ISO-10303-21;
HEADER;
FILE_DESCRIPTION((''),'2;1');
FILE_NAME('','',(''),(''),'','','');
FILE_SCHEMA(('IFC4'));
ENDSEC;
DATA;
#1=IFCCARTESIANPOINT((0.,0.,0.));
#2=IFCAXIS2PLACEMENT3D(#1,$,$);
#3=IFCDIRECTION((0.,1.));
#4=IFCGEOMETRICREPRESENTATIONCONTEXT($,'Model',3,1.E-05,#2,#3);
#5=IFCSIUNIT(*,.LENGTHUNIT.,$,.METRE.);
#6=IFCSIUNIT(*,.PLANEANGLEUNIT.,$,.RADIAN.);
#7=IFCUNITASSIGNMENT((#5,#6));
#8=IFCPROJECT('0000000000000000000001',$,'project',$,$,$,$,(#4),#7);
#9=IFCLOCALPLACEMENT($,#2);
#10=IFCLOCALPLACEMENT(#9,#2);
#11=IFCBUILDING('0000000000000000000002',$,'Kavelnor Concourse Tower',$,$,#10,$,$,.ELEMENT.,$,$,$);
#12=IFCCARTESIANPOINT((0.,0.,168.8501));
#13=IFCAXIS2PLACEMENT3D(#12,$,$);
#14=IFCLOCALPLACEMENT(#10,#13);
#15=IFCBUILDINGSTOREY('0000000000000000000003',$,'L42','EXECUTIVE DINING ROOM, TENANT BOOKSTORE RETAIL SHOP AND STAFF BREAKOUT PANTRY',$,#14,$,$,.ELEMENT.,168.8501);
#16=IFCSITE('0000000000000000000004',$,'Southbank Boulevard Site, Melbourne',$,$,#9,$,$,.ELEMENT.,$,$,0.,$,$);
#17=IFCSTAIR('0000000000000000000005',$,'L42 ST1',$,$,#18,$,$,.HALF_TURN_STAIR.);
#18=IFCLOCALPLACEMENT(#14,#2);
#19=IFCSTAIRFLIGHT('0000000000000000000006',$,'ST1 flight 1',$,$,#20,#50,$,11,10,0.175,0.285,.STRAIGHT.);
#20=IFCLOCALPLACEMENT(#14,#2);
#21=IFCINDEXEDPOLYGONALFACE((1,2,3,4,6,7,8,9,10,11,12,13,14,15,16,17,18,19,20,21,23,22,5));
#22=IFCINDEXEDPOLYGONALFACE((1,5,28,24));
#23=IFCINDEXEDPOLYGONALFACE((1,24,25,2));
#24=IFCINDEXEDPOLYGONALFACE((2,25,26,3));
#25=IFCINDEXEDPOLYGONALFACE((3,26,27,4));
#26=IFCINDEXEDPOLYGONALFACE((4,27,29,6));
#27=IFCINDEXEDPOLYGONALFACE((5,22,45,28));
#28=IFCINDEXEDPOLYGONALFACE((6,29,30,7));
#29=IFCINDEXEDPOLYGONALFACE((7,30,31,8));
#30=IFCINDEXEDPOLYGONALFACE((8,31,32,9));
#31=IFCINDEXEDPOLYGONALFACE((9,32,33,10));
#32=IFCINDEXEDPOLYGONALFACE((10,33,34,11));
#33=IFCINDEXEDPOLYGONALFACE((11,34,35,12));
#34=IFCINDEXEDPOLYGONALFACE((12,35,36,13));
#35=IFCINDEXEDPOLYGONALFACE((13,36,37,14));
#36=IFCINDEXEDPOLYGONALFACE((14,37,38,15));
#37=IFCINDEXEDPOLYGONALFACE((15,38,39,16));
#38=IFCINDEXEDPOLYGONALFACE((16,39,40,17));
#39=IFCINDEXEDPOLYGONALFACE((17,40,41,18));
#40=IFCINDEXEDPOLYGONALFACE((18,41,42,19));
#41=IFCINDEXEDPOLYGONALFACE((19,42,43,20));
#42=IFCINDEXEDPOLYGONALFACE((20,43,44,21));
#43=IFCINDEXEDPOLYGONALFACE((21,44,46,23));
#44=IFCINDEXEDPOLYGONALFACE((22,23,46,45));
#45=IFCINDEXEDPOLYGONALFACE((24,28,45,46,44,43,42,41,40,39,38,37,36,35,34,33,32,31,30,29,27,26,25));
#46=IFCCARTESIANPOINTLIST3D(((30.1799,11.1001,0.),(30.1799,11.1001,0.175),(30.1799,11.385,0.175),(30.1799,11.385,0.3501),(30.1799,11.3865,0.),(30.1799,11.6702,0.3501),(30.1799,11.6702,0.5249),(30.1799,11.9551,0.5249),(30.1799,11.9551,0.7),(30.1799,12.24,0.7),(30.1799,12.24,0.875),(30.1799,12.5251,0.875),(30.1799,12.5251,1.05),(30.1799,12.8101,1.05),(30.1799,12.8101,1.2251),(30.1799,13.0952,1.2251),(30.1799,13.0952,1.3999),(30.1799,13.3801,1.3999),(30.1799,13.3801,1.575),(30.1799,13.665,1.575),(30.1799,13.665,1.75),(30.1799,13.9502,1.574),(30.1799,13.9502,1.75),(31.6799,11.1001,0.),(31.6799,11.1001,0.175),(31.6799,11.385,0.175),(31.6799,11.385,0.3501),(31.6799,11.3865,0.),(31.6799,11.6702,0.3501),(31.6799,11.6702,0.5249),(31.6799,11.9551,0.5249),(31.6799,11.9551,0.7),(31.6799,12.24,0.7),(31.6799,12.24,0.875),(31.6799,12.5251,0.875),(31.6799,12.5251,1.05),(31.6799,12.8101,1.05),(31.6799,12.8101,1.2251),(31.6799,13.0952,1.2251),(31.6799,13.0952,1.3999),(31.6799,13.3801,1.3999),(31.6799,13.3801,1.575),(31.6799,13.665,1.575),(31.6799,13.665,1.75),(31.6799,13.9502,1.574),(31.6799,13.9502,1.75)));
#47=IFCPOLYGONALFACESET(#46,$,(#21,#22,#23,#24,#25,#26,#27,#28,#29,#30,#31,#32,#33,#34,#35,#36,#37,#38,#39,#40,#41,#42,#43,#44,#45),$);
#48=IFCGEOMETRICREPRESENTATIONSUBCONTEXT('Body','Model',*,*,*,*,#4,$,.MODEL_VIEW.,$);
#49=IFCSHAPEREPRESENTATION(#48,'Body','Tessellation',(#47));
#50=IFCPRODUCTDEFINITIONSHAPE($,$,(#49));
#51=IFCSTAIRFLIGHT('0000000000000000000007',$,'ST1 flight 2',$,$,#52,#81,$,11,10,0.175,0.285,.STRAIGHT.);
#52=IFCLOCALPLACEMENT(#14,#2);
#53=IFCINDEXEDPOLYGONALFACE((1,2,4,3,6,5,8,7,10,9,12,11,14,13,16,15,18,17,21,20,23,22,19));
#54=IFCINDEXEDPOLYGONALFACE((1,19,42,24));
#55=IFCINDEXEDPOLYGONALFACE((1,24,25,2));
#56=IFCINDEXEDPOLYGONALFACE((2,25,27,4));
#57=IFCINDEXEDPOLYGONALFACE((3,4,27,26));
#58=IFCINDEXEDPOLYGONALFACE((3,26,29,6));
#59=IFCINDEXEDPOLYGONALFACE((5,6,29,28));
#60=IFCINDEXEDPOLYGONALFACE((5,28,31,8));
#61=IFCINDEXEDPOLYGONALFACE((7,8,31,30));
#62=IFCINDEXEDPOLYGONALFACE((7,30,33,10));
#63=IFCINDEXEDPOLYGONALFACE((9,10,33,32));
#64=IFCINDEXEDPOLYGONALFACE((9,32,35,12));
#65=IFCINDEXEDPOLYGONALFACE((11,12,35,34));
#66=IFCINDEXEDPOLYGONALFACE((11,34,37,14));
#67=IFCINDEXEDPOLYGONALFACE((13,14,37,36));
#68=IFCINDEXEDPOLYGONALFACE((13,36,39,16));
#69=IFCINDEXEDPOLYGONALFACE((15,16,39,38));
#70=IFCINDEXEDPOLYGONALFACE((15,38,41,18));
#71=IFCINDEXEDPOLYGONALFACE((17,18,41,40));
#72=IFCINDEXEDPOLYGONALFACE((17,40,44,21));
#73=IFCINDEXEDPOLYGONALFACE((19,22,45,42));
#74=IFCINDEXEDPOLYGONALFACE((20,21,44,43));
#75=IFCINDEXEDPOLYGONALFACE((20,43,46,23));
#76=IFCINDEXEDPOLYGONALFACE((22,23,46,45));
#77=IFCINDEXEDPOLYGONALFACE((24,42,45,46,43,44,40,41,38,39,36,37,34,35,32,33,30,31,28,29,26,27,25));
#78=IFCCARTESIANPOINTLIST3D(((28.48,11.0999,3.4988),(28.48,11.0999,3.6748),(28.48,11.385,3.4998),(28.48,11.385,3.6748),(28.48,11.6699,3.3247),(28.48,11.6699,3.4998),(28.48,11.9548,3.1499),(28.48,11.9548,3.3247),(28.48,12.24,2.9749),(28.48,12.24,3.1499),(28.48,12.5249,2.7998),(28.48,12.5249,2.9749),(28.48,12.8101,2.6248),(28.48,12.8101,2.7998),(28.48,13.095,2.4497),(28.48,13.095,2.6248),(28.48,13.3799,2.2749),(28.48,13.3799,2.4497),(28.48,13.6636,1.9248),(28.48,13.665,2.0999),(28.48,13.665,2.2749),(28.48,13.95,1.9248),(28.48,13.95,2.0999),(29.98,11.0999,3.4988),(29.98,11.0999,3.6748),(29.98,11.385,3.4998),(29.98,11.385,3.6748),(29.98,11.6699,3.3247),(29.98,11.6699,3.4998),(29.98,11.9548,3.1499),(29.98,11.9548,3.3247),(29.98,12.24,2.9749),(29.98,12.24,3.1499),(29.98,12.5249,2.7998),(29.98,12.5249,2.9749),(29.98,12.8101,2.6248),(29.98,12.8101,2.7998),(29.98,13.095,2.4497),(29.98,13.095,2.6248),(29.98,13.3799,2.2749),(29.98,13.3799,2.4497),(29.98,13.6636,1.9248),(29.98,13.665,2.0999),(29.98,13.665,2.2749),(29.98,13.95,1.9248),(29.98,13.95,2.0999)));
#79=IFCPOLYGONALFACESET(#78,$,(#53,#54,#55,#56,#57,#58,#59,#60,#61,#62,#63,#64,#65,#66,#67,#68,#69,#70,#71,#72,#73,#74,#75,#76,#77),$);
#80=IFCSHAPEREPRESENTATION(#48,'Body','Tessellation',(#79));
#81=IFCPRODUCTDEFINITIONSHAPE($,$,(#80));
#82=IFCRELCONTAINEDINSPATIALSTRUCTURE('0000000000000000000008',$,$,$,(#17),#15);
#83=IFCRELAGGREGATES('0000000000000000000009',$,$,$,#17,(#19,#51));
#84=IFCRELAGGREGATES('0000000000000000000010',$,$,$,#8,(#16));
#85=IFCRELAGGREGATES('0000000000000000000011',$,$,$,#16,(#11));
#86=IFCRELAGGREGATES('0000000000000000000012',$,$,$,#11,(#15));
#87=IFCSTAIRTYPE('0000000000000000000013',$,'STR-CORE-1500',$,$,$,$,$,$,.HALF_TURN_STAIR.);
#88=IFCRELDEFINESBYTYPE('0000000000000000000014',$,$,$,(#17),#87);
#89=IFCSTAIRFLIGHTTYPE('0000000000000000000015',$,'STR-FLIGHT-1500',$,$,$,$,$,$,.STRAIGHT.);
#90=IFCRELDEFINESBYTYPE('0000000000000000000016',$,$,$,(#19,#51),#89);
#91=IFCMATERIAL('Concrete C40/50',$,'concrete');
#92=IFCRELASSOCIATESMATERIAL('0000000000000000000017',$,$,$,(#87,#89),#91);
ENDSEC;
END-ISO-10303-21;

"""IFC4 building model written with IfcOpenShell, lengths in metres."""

from ifc_helpers import new_model, si_unit, direction, frame, origin, place, context, subcontext, project, spatial, polyline, outline, extrude, material, type_object, element, aggregate, save


model = new_model("IFC4")

# Units and contexts
model_context = context("Model", 3, precision=1e-05, world=origin(), true_north=direction((0.0, 1.0)))
body_context = subcontext(model_context, "Body", "Model", "MODEL_VIEW")
ifc_project = project(units=[si_unit("LENGTHUNIT", "METRE"), si_unit("PLANEANGLEUNIT", "RADIAN")], contexts=[model_context])

# Site, building, storey
site_placement = place(None, origin())
site = spatial("IfcSite", under=ifc_project, at=site_placement, Name="Southbank Boulevard Site, Melbourne", CompositionType="ELEMENT", RefElevation=0.0)
building_placement = place(site_placement, origin())
building = spatial("IfcBuilding", under=site, at=building_placement, Name="Kavelnor Concourse Tower", CompositionType="ELEMENT")
storey_placement = place(building_placement, frame((0.0, 0.0, 168.8501)))
storey = spatial("IfcBuildingStorey", under=building, at=storey_placement, Name="L42", Description="EXECUTIVE DINING ROOM, TENANT BOOKSTORE RETAIL SHOP AND STAFF BREAKOUT PANTRY", CompositionType="ELEMENT", Elevation=168.8501)

# Stair, stair flights
ifc_material_1 = material(Name="Concrete C40/50", Category="concrete")
stair_type = type_object("IfcStairType", Name="STR-CORE-1500", PredefinedType="HALF_TURN_STAIR", material=ifc_material_1)
stair_placement = place(storey_placement, origin())
stair = element("IfcStair", 1, at=stair_placement, inside=storey, type_object=stair_type, Name="L42 ST1", PredefinedType="HALF_TURN_STAIR")
stair_flight_type = type_object("IfcStairFlightType", Name="STR-FLIGHT-1500", PredefinedType="STRAIGHT", material=ifc_material_1)
stair_flight_1_placement = place(storey_placement, frame((30.9299, 11.1001, 0.0), z_axis=(0.0, 0.0, 1.0), x_axis=(0.0, 1.0, 0.0)))
stair_flight_1 = element("IfcStairFlight", 2, at=stair_flight_1_placement, type_object=stair_flight_type, Name="ST1 flight 1", NumberOfRisers=11, NumberOfTreads=10, PredefinedType="STRAIGHT", RiserHeight=0.175, TreadLength=0.285, context=body_context, shape_type="SweptSolid", body=[
    extrude(outline(polyline([(0.0, 0.0), (0.0, 0.175), (0.2849, 0.175), (0.2849, 0.3501), (0.5701, 0.3501), (0.5701, 0.5249), (0.855, 0.5249), (0.855, 0.7), (1.1399, 0.7), (1.1399, 0.875), (1.425, 0.875), (1.425, 1.05), (1.71, 1.05), (1.71, 1.2251), (1.9951, 1.2251), (1.9951, 1.3999), (2.28, 1.3999), (2.28, 1.575), (2.5649, 1.575), (2.5649, 1.75), (2.8501, 1.75), (2.8501, 1.925), (2.8501, 1.574), (0.2864, 0.0), (0.0, 0.0)])), frame((0.0, 0.75, 0.0), z_axis=(0.0, -1.0, 0.0), x_axis=(1.0, 0.0, 0.0)), (0.0, 0.0, 1.0), 1.5),
])
stair_flight_2_placement = place(storey_placement, frame((29.23, 13.95, 1.9248), z_axis=(0.0, 0.0, 1.0), x_axis=(0.0, -1.0, 0.0)))
stair_flight_2 = element("IfcStairFlight", 3, at=stair_flight_2_placement, type_object=stair_flight_type, Name="ST1 flight 2", NumberOfRisers=11, NumberOfTreads=10, PredefinedType="STRAIGHT", RiserHeight=0.175, TreadLength=0.285, context=body_context, shape_type="SweptSolid", body=[
    extrude(outline(polyline([(0.0, 0.0), (0.0, 0.175), (0.2849, 0.175), (0.2849, 0.3501), (0.5701, 0.3501), (0.5701, 0.5249), (0.855, 0.5249), (0.855, 0.7), (1.1399, 0.7), (1.1399, 0.875), (1.425, 0.875), (1.425, 1.05), (1.71, 1.05), (1.71, 1.2251), (1.9951, 1.2251), (1.9951, 1.3999), (2.28, 1.3999), (2.28, 1.575), (2.5649, 1.575), (2.5649, 1.75), (2.8501, 1.75), (2.8501, 1.925), (2.8501, 1.574), (0.2864, 0.0), (0.0, 0.0)])), frame((0.0, 0.75, 0.0), z_axis=(0.0, -1.0, 0.0), x_axis=(1.0, 0.0, 0.0)), (0.0, 0.0, 1.0), 1.5),
])
aggregate(stair, [stair_flight_1, stair_flight_2])

save(model, "model.ifc")
